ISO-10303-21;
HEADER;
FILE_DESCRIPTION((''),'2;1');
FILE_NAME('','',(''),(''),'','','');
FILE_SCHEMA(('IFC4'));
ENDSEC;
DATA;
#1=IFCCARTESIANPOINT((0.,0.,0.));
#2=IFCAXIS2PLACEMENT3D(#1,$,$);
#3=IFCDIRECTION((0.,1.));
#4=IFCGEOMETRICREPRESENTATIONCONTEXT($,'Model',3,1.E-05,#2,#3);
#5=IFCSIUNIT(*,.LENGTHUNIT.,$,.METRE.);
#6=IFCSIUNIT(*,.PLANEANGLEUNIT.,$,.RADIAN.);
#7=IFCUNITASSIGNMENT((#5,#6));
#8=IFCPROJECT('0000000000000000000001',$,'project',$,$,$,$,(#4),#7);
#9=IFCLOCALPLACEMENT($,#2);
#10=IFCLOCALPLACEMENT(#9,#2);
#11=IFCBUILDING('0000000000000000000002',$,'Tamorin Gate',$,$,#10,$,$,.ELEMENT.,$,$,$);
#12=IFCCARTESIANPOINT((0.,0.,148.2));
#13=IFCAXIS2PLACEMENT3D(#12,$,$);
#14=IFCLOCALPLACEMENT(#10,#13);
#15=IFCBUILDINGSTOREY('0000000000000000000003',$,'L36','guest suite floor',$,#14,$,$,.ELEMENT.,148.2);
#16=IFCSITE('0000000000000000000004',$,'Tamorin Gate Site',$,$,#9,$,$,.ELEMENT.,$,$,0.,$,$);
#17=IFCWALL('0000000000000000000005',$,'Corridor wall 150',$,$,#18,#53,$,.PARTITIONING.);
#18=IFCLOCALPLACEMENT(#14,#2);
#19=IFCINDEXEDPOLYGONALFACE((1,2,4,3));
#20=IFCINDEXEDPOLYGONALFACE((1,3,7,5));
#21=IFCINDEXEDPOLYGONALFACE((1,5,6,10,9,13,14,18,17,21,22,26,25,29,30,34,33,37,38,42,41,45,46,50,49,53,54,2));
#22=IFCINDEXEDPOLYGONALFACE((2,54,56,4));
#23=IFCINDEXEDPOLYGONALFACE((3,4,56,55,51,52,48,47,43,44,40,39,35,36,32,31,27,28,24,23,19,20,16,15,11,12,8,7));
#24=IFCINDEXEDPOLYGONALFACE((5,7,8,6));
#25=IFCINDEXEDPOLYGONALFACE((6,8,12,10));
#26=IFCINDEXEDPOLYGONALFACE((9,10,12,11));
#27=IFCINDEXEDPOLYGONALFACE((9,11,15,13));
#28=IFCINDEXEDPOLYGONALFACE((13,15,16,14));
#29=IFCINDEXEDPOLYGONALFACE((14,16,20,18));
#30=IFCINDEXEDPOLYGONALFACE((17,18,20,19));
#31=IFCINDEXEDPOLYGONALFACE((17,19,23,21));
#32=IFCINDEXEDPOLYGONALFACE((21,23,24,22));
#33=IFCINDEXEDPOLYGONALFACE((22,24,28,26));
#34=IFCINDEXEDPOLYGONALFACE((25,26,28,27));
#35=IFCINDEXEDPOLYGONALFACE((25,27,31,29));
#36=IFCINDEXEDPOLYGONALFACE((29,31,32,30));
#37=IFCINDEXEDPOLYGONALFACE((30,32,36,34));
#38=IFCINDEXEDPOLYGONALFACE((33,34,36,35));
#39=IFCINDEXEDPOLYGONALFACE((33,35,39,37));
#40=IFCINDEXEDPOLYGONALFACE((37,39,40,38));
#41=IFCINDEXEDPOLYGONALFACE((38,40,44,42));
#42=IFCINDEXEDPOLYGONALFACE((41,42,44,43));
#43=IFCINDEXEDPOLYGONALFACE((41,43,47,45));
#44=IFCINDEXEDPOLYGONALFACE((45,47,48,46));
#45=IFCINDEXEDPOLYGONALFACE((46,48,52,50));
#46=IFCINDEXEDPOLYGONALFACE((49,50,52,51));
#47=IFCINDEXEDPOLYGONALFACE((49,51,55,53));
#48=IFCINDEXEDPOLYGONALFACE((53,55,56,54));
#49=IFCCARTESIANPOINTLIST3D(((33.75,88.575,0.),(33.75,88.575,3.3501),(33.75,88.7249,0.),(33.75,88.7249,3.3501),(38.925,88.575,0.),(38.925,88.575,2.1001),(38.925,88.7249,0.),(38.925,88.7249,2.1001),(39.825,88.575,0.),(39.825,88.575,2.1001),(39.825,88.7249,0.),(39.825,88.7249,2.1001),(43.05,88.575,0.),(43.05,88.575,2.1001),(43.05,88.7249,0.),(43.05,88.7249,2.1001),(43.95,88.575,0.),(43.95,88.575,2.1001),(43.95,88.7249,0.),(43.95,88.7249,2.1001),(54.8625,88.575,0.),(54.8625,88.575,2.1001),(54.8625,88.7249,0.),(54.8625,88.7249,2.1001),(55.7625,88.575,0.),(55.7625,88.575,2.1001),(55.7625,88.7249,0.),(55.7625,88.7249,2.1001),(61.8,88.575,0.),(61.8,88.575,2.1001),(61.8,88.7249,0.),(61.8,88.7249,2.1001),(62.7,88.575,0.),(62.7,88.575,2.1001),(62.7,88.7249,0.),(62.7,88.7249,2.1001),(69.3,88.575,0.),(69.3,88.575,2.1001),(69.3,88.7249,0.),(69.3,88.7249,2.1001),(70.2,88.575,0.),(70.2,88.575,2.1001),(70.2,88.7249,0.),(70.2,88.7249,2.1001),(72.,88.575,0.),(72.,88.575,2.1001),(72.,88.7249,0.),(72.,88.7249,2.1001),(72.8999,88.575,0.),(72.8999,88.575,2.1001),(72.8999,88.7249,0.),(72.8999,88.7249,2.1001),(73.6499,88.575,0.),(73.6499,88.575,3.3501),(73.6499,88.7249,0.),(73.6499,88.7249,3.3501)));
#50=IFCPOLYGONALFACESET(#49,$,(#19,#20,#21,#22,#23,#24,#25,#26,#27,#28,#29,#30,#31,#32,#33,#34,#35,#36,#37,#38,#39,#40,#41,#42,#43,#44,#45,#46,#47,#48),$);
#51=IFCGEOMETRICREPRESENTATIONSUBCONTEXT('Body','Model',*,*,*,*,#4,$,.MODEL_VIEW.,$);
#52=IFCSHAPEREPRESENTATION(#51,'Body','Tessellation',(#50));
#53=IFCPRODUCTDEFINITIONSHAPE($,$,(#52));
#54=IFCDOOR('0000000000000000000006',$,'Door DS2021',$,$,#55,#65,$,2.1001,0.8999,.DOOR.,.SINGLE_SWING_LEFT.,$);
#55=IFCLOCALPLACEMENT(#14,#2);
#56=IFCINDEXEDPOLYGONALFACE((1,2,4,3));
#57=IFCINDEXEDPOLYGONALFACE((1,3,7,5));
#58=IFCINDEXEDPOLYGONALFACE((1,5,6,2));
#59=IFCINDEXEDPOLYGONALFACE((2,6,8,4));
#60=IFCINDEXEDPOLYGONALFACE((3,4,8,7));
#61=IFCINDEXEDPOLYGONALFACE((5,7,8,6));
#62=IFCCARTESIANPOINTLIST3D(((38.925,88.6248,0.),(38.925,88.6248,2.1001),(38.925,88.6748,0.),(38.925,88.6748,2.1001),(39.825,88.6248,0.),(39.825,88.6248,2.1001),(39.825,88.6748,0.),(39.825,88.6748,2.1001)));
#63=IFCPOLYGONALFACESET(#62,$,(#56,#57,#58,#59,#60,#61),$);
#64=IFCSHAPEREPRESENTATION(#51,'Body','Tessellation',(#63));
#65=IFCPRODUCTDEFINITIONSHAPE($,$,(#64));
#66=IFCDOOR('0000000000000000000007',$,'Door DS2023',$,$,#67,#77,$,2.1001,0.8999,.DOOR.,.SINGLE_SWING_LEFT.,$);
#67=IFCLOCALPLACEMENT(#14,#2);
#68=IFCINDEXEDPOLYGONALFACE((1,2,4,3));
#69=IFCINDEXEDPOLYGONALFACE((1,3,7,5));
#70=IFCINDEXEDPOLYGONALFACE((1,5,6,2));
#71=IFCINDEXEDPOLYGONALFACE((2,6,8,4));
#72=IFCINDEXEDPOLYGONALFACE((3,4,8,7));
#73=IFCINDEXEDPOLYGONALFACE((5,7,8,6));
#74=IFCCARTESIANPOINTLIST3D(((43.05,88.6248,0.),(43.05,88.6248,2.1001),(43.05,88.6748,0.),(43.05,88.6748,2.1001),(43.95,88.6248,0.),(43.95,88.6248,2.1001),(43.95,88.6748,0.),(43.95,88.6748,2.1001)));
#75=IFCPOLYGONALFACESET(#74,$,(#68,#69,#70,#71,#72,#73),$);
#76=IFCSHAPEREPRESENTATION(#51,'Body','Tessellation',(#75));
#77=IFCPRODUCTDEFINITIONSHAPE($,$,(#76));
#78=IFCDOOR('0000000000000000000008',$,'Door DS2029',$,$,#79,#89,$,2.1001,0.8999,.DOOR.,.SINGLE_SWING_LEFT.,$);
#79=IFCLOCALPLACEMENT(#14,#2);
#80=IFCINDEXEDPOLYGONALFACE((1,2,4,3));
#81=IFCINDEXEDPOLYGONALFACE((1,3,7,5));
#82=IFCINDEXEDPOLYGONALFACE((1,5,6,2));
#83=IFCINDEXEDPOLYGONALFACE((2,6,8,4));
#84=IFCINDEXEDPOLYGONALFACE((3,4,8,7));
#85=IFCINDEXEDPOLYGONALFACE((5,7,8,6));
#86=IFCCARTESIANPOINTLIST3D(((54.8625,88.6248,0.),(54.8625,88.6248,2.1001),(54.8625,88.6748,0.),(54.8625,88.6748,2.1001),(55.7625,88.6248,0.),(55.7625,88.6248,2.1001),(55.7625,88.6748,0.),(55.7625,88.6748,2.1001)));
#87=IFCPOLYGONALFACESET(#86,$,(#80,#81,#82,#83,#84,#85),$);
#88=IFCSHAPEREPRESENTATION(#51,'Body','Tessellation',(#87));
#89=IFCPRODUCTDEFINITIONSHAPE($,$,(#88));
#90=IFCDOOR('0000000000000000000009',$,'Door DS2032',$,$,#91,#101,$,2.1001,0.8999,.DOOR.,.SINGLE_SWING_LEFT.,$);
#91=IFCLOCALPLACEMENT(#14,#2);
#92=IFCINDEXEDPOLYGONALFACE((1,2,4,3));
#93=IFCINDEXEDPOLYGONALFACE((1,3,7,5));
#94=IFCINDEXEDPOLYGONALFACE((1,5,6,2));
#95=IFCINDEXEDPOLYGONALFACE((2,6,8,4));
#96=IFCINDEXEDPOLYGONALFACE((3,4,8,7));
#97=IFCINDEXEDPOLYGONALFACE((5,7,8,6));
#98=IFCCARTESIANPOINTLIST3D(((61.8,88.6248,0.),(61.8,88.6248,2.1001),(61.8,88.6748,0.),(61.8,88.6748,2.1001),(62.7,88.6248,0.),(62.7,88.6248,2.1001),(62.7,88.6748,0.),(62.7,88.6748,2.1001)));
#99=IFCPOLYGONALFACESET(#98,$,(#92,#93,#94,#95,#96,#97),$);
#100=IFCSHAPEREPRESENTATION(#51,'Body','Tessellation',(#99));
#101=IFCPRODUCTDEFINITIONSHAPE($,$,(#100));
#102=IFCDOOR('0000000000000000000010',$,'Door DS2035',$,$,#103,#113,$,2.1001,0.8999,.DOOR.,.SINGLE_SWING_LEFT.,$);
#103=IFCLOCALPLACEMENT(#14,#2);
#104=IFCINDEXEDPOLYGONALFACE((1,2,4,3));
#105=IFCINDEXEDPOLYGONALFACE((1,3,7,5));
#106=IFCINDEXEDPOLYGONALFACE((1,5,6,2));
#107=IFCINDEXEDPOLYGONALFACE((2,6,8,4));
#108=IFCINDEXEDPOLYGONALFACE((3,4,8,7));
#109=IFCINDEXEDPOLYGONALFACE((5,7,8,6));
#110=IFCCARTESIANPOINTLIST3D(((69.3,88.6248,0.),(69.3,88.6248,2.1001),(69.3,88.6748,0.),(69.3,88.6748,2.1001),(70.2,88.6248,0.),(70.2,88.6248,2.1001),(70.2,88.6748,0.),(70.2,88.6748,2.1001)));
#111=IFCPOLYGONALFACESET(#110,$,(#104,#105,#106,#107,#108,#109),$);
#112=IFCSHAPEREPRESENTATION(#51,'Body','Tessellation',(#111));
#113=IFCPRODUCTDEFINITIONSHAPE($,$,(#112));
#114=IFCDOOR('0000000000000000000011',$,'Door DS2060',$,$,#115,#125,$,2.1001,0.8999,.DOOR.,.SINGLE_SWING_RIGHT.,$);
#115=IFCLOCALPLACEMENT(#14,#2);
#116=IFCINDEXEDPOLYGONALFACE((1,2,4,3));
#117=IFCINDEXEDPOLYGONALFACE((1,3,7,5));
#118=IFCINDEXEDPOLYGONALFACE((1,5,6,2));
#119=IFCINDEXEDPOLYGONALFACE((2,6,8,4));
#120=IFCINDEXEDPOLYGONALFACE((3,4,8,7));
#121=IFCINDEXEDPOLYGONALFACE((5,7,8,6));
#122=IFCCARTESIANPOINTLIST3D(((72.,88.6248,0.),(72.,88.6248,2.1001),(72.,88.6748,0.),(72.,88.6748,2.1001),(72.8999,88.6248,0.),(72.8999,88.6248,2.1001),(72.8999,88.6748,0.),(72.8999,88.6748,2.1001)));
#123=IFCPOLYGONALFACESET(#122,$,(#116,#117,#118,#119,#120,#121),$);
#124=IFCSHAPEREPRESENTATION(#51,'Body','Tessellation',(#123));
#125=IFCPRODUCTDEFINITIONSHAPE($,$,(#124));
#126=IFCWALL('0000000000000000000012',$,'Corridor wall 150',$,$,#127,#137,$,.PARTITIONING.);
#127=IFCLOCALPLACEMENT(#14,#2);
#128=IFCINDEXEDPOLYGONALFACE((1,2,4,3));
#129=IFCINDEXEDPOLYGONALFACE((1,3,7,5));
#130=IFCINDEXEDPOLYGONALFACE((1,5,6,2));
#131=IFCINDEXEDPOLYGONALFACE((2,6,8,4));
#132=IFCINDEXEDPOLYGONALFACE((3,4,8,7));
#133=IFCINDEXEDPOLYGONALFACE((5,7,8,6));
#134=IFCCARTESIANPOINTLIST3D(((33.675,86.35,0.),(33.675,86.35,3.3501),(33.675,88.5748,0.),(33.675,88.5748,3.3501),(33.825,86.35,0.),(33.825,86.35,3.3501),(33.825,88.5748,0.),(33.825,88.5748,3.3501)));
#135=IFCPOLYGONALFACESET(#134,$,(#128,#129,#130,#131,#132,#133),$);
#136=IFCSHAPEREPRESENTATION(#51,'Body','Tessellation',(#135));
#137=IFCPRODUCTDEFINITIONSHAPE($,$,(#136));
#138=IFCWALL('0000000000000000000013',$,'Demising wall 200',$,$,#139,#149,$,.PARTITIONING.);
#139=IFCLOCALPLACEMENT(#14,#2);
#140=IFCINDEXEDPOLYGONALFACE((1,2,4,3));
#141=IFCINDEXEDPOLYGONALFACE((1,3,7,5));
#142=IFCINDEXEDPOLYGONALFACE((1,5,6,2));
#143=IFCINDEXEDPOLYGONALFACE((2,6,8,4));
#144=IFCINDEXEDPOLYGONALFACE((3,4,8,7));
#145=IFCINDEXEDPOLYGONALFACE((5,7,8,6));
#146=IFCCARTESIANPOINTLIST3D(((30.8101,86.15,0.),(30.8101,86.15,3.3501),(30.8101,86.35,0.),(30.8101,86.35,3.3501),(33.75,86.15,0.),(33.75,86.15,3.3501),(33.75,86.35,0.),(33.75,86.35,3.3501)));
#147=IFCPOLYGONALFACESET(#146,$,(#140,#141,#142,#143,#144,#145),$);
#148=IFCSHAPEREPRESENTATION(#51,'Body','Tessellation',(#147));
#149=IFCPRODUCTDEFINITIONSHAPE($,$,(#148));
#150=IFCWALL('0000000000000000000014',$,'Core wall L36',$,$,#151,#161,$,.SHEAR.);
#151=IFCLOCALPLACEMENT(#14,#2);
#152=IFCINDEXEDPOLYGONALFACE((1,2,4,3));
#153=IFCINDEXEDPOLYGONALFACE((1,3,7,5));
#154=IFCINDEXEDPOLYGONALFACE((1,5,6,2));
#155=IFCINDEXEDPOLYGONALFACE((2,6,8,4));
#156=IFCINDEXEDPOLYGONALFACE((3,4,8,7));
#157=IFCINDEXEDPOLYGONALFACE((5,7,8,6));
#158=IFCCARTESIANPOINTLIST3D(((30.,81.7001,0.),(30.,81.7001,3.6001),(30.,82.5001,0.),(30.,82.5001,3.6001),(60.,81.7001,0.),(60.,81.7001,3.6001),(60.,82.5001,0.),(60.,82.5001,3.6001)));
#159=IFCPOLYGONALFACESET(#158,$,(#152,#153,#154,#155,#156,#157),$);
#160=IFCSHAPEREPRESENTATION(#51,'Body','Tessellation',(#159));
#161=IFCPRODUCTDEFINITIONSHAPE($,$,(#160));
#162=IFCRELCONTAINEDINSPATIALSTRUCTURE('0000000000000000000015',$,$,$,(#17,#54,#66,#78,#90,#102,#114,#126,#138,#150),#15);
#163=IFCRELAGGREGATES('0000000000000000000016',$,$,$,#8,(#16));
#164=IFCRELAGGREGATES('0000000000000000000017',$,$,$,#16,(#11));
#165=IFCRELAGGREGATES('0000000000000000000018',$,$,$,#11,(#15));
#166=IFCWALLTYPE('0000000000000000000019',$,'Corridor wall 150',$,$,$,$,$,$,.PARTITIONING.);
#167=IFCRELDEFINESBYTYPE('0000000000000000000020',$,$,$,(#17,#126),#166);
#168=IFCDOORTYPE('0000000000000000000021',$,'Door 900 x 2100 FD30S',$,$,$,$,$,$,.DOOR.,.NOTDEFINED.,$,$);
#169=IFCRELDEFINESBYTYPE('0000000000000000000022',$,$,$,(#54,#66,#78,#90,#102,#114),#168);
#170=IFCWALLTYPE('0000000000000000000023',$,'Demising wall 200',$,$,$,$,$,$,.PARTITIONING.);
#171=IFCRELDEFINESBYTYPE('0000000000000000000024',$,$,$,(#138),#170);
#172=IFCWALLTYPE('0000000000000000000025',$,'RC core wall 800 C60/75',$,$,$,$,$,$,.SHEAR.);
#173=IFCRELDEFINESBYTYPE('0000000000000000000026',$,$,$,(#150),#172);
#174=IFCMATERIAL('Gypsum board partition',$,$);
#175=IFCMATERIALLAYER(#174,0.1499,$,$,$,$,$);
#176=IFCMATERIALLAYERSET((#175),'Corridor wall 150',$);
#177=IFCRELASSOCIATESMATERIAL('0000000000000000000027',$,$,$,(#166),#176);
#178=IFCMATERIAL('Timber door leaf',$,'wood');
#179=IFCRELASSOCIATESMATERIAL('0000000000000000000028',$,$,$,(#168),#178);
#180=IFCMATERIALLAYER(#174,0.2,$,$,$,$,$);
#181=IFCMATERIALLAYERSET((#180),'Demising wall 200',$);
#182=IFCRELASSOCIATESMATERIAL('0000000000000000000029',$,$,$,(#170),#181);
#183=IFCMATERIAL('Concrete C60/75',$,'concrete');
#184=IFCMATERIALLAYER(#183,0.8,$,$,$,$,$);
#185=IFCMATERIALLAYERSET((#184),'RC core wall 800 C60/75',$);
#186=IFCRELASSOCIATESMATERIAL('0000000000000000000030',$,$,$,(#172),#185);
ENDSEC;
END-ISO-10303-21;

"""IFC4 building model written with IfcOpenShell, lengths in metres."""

from ifc_helpers import new_model, si_unit, direction, frame, frame_2d, origin, place, context, subcontext, project, spatial, rectangle, extrude, material, layer, layer_set, type_object, element, fill, save


model = new_model("IFC4")

# Units and contexts
model_context = context("Model", 3, precision=1e-05, world=origin(), true_north=direction((0.0, 1.0)))
body_context = subcontext(model_context, "Body", "Model", "MODEL_VIEW")
ifc_project = project(units=[si_unit("LENGTHUNIT", "METRE"), si_unit("PLANEANGLEUNIT", "RADIAN")], contexts=[model_context])

# Site, building, storey
site_placement = place(None, origin())
site = spatial("IfcSite", under=ifc_project, at=site_placement, Name="Tamorin Gate Site", CompositionType="ELEMENT", RefElevation=0.0)
building_placement = place(site_placement, origin())
building = spatial("IfcBuilding", under=site, at=building_placement, Name="Tamorin Gate", CompositionType="ELEMENT")
storey_placement = place(building_placement, frame((0.0, 0.0, 148.2)))
storey = spatial("IfcBuildingStorey", under=building, at=storey_placement, Name="L36", Description="guest suite floor", CompositionType="ELEMENT", Elevation=148.2)

# Shared definitions
ifc_material_1 = material(Name="Gypsum board partition")
ifc_layer_1 = layer(ifc_material_1, 0.1499)
ifc_layer_set_1 = layer_set([ifc_layer_1], Name="Corridor wall 150")
wall_type_1 = type_object("IfcWallType", Name="Corridor wall 150", PredefinedType="PARTITIONING", material=ifc_layer_set_1)
ifc_material_2 = material(Name="Timber door leaf", Category="wood")
door_type_1 = type_object("IfcDoorType", Name="Door 900 x 2100 FD30S", OperationType="NOTDEFINED", PredefinedType="DOOR", material=ifc_material_2)

# Wall, openings, doors
wall_1_placement = place(storey_placement, frame((33.75, 88.6499, 0.0), z_axis=(0.0, 0.0, 1.0), x_axis=(1.0, 0.0, 0.0)))
wall_1 = element("IfcWall", 1, at=wall_1_placement, inside=storey, type_object=wall_type_1, Name="Corridor wall 150", PredefinedType="PARTITIONING", context=body_context, shape_type="SweptSolid", body=[
    extrude(rectangle(XDim=39.8999, YDim=0.1499, at=frame_2d((19.95, 0.0))), origin(), (0.0, 0.0, 1.0), 3.3501),
])
opening_1_placement = place(wall_1_placement, frame((5.175, 0.0, 0.0)))
opening_1 = element("IfcOpeningElement", 2, at=opening_1_placement, cuts=wall_1, PredefinedType="OPENING", context=body_context, shape_type="SweptSolid", body=[
    extrude(rectangle(XDim=0.8999, YDim=2.1001, at=frame_2d((0.45, 1.05))), frame((0.0, 0.085, 0.0), z_axis=(0.0, -1.0, 0.0), x_axis=(1.0, 0.0, 0.0)), (0.0, 0.0, 1.0), 0.1699),
])
opening_2_placement = place(wall_1_placement, frame((9.3, 0.0, 0.0)))
opening_2 = element("IfcOpeningElement", 3, at=opening_2_placement, cuts=wall_1, PredefinedType="OPENING", context=body_context, shape_type="SweptSolid", body=[
    extrude(rectangle(XDim=0.8999, YDim=2.1001, at=frame_2d((0.45, 1.05))), frame((0.0, 0.085, 0.0), z_axis=(0.0, -1.0, 0.0), x_axis=(1.0, 0.0, 0.0)), (0.0, 0.0, 1.0), 0.1699),
])
opening_3_placement = place(wall_1_placement, frame((21.1125, 0.0, 0.0)))
opening_3 = element("IfcOpeningElement", 4, at=opening_3_placement, cuts=wall_1, PredefinedType="OPENING", context=body_context, shape_type="SweptSolid", body=[
    extrude(rectangle(XDim=0.8999, YDim=2.1001, at=frame_2d((0.45, 1.05))), frame((0.0, 0.085, 0.0), z_axis=(0.0, -1.0, 0.0), x_axis=(1.0, 0.0, 0.0)), (0.0, 0.0, 1.0), 0.1699),
])
opening_4_placement = place(wall_1_placement, frame((28.05, 0.0, 0.0)))
opening_4 = element("IfcOpeningElement", 5, at=opening_4_placement, cuts=wall_1, PredefinedType="OPENING", context=body_context, shape_type="SweptSolid", body=[
    extrude(rectangle(XDim=0.8999, YDim=2.1001, at=frame_2d((0.45, 1.05))), frame((0.0, 0.085, 0.0), z_axis=(0.0, -1.0, 0.0), x_axis=(1.0, 0.0, 0.0)), (0.0, 0.0, 1.0), 0.1699),
])
opening_5_placement = place(wall_1_placement, frame((35.55, 0.0, 0.0)))
opening_5 = element("IfcOpeningElement", 6, at=opening_5_placement, cuts=wall_1, PredefinedType="OPENING", context=body_context, shape_type="SweptSolid", body=[
    extrude(rectangle(XDim=0.8999, YDim=2.1001, at=frame_2d((0.45, 1.05))), frame((0.0, 0.085, 0.0), z_axis=(0.0, -1.0, 0.0), x_axis=(1.0, 0.0, 0.0)), (0.0, 0.0, 1.0), 0.1699),
])
opening_6_placement = place(wall_1_placement, frame((38.25, 0.0, 0.0)))
opening_6 = element("IfcOpeningElement", 7, at=opening_6_placement, cuts=wall_1, PredefinedType="OPENING", context=body_context, shape_type="SweptSolid", body=[
    extrude(rectangle(XDim=0.8999, YDim=2.1001, at=frame_2d((0.45, 1.05))), frame((0.0, 0.085, 0.0), z_axis=(0.0, -1.0, 0.0), x_axis=(1.0, 0.0, 0.0)), (0.0, 0.0, 1.0), 0.1699),
])
door_1_placement = place(opening_1_placement, origin())
door_1 = element("IfcDoor", 8, at=door_1_placement, inside=storey, type_object=door_type_1, Name="Door DS2021", OperationType="SINGLE_SWING_LEFT", OverallHeight=2.1001, OverallWidth=0.8999, PredefinedType="DOOR", context=body_context, shape_type="SweptSolid", body=[
    extrude(rectangle(XDim=0.8999, YDim=2.1001, at=frame_2d((0.45, 1.05))), frame((0.0, 0.0249, 0.0), z_axis=(0.0, -1.0, 0.0), x_axis=(1.0, 0.0, 0.0)), (0.0, 0.0, 1.0), 0.05),
])
fill(opening_1, door_1)
door_2_placement = place(opening_2_placement, origin())
door_2 = element("IfcDoor", 9, at=door_2_placement, inside=storey, type_object=door_type_1, Name="Door DS2023", OperationType="SINGLE_SWING_LEFT", OverallHeight=2.1001, OverallWidth=0.8999, PredefinedType="DOOR", context=body_context, shape_type="SweptSolid", body=[
    extrude(rectangle(XDim=0.8999, YDim=2.1001, at=frame_2d((0.45, 1.05))), frame((0.0, 0.0249, 0.0), z_axis=(0.0, -1.0, 0.0), x_axis=(1.0, 0.0, 0.0)), (0.0, 0.0, 1.0), 0.05),
])
fill(opening_2, door_2)
door_3_placement = place(opening_3_placement, origin())
door_3 = element("IfcDoor", 10, at=door_3_placement, inside=storey, type_object=door_type_1, Name="Door DS2029", OperationType="SINGLE_SWING_LEFT", OverallHeight=2.1001, OverallWidth=0.8999, PredefinedType="DOOR", context=body_context, shape_type="SweptSolid", body=[
    extrude(rectangle(XDim=0.8999, YDim=2.1001, at=frame_2d((0.45, 1.05))), frame((0.0, 0.0249, 0.0), z_axis=(0.0, -1.0, 0.0), x_axis=(1.0, 0.0, 0.0)), (0.0, 0.0, 1.0), 0.05),
])
fill(opening_3, door_3)
door_4_placement = place(opening_4_placement, origin())
door_4 = element("IfcDoor", 11, at=door_4_placement, inside=storey, type_object=door_type_1, Name="Door DS2032", OperationType="SINGLE_SWING_LEFT", OverallHeight=2.1001, OverallWidth=0.8999, PredefinedType="DOOR", context=body_context, shape_type="SweptSolid", body=[
    extrude(rectangle(XDim=0.8999, YDim=2.1001, at=frame_2d((0.45, 1.05))), frame((0.0, 0.0249, 0.0), z_axis=(0.0, -1.0, 0.0), x_axis=(1.0, 0.0, 0.0)), (0.0, 0.0, 1.0), 0.05),
])
fill(opening_4, door_4)
door_5_placement = place(opening_5_placement, origin())
door_5 = element("IfcDoor", 12, at=door_5_placement, inside=storey, type_object=door_type_1, Name="Door DS2035", OperationType="SINGLE_SWING_LEFT", OverallHeight=2.1001, OverallWidth=0.8999, PredefinedType="DOOR", context=body_context, shape_type="SweptSolid", body=[
    extrude(rectangle(XDim=0.8999, YDim=2.1001, at=frame_2d((0.45, 1.05))), frame((0.0, 0.0249, 0.0), z_axis=(0.0, -1.0, 0.0), x_axis=(1.0, 0.0, 0.0)), (0.0, 0.0, 1.0), 0.05),
])
fill(opening_5, door_5)
door_6_placement = place(opening_6_placement, origin())
door_6 = element("IfcDoor", 13, at=door_6_placement, inside=storey, type_object=door_type_1, Name="Door DS2060", OperationType="SINGLE_SWING_RIGHT", OverallHeight=2.1001, OverallWidth=0.8999, PredefinedType="DOOR", context=body_context, shape_type="SweptSolid", body=[
    extrude(rectangle(XDim=0.8999, YDim=2.1001, at=frame_2d((0.45, 1.05))), frame((0.0, 0.0249, 0.0), z_axis=(0.0, -1.0, 0.0), x_axis=(1.0, 0.0, 0.0)), (0.0, 0.0, 1.0), 0.05),
])
fill(opening_6, door_6)

# Walls
wall_2_placement = place(storey_placement, frame((33.75, 86.3501, 0.0), z_axis=(0.0, 0.0, 1.0), x_axis=(0.0, 1.0, 0.0)))
element("IfcWall", 14, at=wall_2_placement, inside=storey, type_object=wall_type_1, Name="Corridor wall 150", PredefinedType="PARTITIONING", context=body_context, shape_type="SweptSolid", body=[
    extrude(rectangle(XDim=2.2249, YDim=0.1499, at=frame_2d((1.1123, 0.0))), origin(), (0.0, 0.0, 1.0), 3.3501),
])
ifc_layer_2 = layer(ifc_material_1, 0.2)
ifc_layer_set_2 = layer_set([ifc_layer_2], Name="Demising wall 200")
wall_type_2 = type_object("IfcWallType", Name="Demising wall 200", PredefinedType="PARTITIONING", material=ifc_layer_set_2)
wall_3_placement = place(storey_placement, frame((30.8101, 86.25, 0.0), z_axis=(0.0, 0.0, 1.0), x_axis=(1.0, 0.0, 0.0)))
element("IfcWall", 15, at=wall_3_placement, inside=storey, type_object=wall_type_2, Name="Demising wall 200", PredefinedType="PARTITIONING", context=body_context, shape_type="SweptSolid", body=[
    extrude(rectangle(XDim=2.9399, YDim=0.2, at=frame_2d((1.47, 0.0))), origin(), (0.0, 0.0, 1.0), 3.3501),
])
ifc_material_3 = material(Name="Concrete C60/75", Category="concrete")
ifc_layer_3 = layer(ifc_material_3, 0.8)
ifc_layer_set_3 = layer_set([ifc_layer_3], Name="RC core wall 800 C60/75")
wall_type_3 = type_object("IfcWallType", Name="RC core wall 800 C60/75", PredefinedType="SHEAR", material=ifc_layer_set_3)
wall_4_placement = place(storey_placement, frame((30.0, 82.1001, 0.0), z_axis=(0.0, 0.0, 1.0), x_axis=(1.0, 0.0, 0.0)))
element("IfcWall", 16, at=wall_4_placement, inside=storey, type_object=wall_type_3, Name="Core wall L36", PredefinedType="SHEAR", context=body_context, shape_type="SweptSolid", body=[
    extrude(rectangle(XDim=30.0, YDim=0.8, at=frame_2d((15.0, 0.0))), origin(), (0.0, 0.0, 1.0), 3.6001),
])

save(model, "model.ifc")
